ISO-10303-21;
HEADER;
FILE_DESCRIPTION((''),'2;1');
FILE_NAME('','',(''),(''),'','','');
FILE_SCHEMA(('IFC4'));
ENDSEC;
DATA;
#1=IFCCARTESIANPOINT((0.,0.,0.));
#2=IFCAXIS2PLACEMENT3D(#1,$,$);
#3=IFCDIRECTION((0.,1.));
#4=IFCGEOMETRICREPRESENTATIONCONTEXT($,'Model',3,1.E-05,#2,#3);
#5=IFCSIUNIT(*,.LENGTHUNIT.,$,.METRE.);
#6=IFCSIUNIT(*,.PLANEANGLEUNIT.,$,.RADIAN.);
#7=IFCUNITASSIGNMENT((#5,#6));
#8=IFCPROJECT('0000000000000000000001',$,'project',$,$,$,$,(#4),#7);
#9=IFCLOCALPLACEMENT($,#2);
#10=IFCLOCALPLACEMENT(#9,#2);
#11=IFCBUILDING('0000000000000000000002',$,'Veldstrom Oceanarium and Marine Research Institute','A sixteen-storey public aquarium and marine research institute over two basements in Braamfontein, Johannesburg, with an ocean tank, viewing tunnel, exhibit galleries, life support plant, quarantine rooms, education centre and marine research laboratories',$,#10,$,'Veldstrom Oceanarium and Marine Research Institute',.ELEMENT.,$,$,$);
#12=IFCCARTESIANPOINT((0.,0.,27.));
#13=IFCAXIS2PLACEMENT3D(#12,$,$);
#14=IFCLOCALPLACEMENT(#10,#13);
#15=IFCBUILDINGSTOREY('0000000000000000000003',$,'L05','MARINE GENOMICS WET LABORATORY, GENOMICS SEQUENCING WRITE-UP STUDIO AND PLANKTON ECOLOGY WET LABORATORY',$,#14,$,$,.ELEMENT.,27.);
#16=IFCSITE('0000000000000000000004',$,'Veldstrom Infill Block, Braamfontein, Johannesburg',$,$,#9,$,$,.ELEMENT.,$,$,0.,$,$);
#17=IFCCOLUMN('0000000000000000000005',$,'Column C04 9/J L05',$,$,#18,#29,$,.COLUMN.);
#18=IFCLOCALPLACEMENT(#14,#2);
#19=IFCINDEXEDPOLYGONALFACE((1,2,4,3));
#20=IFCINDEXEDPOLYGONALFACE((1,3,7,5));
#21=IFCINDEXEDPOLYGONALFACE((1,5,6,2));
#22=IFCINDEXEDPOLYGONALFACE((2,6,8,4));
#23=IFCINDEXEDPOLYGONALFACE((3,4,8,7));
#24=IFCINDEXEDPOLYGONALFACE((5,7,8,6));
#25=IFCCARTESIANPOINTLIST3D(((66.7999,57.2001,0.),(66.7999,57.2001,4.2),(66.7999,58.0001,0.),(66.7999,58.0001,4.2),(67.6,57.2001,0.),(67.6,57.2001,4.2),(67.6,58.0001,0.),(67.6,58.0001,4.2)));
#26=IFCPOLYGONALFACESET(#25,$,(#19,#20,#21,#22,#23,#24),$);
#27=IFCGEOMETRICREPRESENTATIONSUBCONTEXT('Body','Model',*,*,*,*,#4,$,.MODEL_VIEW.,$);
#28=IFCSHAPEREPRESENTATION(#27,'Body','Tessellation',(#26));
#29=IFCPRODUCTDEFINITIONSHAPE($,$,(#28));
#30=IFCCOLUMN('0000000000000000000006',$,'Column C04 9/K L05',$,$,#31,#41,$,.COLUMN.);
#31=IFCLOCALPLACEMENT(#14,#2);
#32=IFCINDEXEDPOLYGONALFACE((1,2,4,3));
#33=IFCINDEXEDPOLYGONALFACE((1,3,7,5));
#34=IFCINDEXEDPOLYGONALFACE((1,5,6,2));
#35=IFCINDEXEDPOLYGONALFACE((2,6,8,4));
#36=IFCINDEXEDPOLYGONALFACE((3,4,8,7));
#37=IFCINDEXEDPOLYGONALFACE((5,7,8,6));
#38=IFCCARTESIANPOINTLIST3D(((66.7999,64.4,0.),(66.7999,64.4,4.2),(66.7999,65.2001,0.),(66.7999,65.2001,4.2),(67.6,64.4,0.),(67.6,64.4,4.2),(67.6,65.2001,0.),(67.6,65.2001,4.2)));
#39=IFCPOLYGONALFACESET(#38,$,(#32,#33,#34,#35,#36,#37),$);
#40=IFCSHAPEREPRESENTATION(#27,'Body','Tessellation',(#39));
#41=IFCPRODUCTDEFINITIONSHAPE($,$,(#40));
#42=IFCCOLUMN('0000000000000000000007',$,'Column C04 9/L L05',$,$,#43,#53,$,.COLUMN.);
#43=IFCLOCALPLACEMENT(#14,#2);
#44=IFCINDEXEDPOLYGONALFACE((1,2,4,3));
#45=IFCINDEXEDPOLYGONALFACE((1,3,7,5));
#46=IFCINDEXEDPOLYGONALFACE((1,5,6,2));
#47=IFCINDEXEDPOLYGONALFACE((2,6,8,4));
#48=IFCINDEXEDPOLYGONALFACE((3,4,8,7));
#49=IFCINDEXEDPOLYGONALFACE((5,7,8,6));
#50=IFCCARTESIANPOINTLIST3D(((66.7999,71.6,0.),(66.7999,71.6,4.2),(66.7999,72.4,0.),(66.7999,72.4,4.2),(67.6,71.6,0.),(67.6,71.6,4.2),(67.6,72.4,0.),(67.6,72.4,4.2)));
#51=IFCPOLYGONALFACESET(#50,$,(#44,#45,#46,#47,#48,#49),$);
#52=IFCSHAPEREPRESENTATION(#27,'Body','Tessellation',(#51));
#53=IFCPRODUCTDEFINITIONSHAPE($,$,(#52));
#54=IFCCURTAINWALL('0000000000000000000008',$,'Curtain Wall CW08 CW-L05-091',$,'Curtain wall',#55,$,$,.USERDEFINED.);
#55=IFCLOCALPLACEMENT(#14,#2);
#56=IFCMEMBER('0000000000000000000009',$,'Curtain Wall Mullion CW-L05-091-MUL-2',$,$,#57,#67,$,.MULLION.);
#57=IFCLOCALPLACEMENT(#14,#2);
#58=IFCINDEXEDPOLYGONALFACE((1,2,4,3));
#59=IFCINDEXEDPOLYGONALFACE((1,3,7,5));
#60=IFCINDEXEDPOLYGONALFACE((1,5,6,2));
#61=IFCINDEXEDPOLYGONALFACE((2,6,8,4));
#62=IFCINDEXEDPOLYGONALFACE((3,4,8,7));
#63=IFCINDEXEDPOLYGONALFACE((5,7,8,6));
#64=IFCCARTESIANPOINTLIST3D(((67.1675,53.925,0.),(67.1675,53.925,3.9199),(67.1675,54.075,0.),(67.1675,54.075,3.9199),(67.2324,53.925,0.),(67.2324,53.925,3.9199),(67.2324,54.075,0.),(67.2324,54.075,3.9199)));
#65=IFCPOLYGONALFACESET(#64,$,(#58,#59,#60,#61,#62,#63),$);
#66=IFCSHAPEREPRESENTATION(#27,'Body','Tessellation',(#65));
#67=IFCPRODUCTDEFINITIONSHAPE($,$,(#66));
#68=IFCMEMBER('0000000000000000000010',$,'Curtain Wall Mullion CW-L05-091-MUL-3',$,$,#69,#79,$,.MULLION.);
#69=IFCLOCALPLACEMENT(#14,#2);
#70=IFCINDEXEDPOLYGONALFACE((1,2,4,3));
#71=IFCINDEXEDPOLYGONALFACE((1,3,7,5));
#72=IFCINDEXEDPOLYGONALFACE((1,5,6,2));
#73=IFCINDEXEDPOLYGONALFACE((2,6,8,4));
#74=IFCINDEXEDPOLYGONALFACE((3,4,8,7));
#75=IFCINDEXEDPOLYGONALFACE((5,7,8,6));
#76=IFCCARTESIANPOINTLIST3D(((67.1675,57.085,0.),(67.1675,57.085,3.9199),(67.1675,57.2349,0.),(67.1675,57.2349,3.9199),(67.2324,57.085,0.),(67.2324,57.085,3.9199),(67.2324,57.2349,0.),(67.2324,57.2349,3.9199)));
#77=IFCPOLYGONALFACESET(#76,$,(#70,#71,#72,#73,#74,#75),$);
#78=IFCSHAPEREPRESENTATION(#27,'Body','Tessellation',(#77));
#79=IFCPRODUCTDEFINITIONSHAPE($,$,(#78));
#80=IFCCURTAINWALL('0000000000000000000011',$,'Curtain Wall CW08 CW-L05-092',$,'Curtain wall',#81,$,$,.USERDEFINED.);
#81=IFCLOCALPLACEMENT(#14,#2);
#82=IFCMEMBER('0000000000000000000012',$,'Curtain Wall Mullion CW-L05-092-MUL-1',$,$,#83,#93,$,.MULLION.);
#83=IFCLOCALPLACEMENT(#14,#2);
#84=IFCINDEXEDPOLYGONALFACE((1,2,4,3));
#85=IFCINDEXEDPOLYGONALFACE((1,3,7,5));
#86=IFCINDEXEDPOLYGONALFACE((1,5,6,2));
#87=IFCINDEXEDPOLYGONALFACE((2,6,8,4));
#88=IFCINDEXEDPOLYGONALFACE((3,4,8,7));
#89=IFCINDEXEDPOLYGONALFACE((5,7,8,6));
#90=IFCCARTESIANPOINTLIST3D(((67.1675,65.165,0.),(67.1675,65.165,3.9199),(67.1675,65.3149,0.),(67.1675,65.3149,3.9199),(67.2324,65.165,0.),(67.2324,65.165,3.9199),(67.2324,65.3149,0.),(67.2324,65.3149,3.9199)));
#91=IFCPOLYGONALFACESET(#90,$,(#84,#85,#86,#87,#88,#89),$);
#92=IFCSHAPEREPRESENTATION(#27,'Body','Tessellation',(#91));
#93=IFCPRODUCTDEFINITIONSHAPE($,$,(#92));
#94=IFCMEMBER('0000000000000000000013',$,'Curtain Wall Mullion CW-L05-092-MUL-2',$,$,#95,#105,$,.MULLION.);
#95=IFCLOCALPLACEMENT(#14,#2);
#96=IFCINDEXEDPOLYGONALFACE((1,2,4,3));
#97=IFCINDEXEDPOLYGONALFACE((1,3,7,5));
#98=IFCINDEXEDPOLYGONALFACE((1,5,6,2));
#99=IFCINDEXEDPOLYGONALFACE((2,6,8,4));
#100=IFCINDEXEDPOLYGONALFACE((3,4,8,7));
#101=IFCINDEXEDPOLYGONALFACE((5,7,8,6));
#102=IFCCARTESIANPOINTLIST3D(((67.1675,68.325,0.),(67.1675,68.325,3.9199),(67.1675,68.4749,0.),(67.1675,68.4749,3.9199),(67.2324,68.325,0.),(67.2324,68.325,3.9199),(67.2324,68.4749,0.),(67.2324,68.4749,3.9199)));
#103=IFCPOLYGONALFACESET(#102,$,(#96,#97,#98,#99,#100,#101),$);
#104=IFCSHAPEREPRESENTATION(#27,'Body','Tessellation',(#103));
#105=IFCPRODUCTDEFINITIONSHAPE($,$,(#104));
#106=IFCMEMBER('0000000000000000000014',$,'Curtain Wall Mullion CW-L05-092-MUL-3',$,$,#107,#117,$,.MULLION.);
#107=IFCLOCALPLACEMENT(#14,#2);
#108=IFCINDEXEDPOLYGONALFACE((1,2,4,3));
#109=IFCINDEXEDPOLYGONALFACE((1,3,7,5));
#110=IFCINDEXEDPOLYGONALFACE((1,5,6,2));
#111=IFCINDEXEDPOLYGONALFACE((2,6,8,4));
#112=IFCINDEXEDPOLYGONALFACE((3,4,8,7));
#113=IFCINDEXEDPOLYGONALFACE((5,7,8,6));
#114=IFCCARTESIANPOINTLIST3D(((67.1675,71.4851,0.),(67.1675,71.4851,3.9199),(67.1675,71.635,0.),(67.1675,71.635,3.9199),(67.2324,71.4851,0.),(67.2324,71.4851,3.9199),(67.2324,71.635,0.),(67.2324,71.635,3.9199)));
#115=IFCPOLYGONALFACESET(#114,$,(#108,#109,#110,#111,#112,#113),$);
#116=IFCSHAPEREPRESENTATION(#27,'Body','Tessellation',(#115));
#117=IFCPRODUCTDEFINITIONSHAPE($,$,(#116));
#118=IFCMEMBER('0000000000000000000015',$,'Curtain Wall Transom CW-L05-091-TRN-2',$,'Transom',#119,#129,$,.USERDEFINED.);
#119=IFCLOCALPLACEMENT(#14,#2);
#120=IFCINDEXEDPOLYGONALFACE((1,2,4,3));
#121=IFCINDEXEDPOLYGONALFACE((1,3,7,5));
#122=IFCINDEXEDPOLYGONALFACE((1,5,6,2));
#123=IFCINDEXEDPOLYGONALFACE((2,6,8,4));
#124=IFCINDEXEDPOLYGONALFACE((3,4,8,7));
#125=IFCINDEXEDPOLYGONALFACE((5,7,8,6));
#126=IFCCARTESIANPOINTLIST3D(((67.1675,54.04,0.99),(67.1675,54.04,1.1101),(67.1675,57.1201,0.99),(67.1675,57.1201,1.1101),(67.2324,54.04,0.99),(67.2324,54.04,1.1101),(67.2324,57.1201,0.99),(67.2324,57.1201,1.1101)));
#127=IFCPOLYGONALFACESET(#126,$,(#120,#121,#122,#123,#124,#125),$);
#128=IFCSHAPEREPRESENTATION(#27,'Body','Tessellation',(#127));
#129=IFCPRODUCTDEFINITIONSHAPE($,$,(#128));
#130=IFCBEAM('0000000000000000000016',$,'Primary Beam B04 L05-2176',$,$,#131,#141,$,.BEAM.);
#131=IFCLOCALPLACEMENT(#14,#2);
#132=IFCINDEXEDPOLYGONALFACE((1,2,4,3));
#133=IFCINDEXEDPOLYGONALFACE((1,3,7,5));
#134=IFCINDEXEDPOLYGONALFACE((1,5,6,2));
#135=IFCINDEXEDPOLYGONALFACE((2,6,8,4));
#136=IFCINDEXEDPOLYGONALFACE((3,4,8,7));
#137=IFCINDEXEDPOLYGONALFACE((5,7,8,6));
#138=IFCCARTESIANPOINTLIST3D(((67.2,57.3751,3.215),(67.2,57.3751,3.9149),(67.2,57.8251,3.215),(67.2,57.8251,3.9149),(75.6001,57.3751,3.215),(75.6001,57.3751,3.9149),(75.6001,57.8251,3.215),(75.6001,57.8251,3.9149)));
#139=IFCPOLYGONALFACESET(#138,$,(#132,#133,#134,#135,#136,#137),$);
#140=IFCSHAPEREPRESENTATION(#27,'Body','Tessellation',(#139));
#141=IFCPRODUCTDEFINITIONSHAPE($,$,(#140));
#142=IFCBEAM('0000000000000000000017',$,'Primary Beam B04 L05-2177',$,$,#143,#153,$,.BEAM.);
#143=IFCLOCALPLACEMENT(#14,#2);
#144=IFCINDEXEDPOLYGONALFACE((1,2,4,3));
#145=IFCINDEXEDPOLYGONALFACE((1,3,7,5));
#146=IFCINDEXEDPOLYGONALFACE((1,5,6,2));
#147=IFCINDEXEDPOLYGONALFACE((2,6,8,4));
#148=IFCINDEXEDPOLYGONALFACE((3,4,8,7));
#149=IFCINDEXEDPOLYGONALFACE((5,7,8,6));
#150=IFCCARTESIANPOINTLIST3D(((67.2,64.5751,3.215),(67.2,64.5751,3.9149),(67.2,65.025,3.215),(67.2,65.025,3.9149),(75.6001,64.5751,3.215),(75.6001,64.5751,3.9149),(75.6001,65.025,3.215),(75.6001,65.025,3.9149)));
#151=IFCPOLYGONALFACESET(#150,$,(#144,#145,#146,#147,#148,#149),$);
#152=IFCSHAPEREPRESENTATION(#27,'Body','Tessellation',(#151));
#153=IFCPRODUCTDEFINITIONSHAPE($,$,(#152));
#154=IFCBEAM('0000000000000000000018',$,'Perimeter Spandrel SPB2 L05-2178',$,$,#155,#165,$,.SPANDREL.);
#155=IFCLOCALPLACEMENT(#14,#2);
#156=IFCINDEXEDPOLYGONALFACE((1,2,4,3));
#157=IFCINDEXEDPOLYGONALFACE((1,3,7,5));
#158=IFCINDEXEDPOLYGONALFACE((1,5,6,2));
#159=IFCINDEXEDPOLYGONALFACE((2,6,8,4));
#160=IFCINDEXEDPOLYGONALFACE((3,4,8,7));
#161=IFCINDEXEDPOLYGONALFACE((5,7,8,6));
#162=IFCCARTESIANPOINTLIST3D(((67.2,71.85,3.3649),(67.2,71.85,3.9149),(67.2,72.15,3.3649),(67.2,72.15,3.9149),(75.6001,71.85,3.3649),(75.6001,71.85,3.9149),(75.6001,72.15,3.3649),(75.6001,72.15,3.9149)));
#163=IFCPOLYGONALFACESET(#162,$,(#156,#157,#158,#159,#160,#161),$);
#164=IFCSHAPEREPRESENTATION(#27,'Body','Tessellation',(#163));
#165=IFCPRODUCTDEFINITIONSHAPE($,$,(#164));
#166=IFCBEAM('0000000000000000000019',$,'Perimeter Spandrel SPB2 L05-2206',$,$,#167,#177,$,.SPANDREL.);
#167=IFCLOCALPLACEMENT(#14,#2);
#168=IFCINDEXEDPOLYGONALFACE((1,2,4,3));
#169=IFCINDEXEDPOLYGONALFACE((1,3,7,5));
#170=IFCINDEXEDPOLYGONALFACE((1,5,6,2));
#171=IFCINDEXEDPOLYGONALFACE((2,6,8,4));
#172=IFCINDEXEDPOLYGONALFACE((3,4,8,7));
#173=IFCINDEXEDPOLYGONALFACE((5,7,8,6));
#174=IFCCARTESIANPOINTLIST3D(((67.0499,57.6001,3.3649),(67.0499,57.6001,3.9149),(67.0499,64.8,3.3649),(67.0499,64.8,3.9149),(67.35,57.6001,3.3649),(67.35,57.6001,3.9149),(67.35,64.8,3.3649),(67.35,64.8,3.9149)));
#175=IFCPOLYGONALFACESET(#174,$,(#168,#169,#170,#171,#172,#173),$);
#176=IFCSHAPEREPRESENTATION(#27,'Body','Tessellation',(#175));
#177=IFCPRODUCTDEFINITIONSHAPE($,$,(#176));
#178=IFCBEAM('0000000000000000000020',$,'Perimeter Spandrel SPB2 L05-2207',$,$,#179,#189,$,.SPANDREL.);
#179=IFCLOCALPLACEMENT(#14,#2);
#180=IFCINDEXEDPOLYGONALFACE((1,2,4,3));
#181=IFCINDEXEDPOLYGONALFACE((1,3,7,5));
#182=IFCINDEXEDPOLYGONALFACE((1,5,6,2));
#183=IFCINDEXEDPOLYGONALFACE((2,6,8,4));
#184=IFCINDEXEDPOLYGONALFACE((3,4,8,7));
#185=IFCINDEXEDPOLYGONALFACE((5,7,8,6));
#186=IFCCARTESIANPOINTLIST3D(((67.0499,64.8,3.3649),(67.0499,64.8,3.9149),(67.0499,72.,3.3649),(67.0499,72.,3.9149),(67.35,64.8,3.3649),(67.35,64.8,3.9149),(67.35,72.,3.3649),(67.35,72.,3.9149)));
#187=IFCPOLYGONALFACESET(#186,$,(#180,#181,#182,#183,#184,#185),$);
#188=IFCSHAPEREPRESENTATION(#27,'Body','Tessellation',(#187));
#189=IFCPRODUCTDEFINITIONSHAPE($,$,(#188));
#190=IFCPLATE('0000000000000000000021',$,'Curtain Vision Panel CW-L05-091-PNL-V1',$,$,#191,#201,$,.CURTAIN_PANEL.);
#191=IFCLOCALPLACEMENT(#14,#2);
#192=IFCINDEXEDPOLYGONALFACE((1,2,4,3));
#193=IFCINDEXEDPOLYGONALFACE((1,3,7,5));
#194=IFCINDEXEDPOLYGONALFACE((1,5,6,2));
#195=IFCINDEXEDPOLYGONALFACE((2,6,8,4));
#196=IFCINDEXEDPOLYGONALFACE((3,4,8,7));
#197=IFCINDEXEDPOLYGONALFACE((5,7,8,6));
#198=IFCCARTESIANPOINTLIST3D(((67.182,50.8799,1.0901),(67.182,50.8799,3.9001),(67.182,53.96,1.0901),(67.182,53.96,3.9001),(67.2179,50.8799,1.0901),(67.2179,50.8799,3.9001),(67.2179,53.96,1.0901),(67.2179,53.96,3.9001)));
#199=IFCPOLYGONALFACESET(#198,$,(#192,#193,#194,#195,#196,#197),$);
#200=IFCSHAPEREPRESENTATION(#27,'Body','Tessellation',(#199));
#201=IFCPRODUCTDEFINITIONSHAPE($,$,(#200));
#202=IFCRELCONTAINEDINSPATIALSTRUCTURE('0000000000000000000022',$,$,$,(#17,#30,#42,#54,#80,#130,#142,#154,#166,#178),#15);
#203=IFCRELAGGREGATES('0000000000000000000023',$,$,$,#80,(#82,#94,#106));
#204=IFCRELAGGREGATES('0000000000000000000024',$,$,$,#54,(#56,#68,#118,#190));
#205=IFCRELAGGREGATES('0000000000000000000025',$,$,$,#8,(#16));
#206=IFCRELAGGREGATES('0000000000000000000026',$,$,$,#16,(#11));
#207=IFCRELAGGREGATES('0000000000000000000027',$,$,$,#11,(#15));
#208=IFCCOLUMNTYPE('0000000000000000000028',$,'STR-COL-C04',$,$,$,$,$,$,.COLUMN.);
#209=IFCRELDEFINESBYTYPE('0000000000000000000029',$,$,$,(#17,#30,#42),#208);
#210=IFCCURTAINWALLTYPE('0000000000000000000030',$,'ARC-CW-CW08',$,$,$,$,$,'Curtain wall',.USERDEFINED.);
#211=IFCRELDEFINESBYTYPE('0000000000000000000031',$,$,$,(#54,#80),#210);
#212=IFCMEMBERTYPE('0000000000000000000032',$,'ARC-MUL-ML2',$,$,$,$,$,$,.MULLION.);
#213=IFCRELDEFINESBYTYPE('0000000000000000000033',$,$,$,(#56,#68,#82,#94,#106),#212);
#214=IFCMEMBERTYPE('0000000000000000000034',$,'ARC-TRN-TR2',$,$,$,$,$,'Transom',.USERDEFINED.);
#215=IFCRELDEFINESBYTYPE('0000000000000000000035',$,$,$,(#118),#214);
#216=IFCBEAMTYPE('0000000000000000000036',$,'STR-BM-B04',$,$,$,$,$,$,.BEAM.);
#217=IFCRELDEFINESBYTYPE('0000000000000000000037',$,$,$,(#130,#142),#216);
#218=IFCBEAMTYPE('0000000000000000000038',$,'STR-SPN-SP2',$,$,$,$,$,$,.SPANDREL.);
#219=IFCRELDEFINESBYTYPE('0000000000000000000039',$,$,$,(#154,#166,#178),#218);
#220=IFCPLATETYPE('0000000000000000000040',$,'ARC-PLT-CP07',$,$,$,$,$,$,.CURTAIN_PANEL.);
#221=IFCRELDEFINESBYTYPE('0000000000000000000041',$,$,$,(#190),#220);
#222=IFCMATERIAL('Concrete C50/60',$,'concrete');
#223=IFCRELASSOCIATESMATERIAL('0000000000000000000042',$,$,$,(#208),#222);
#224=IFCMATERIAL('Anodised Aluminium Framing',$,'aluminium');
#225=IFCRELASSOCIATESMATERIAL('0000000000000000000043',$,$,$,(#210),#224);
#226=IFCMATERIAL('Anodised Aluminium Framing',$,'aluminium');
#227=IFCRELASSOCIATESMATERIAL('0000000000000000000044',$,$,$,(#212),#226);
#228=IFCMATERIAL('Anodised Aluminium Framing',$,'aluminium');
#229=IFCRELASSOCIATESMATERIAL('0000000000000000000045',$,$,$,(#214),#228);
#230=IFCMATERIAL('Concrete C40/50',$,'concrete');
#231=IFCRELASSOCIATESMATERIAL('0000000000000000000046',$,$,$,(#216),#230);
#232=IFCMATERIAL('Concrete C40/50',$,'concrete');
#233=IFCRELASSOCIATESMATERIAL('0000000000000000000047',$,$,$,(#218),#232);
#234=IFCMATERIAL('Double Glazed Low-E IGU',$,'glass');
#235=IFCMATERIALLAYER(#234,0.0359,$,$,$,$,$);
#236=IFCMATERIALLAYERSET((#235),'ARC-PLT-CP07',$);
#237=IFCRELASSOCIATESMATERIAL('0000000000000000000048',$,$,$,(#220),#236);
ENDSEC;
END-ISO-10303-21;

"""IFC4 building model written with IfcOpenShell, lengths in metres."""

from ifc_helpers import new_model, si_unit, direction, frame, origin, origin_2d, place, context, subcontext, project, spatial, rectangle, extrude, material, layer, layer_set, material_profile, profile_set, type_object, element, aggregate, save


model = new_model("IFC4")

# Units and contexts
model_context = context("Model", 3, precision=1e-05, world=origin(), true_north=direction((0.0, 1.0)))
body_context = subcontext(model_context, "Body", "Model", "MODEL_VIEW")
ifc_project = project(units=[si_unit("LENGTHUNIT", "METRE"), si_unit("PLANEANGLEUNIT", "RADIAN")], contexts=[model_context])

# Site, building, storey
site_placement = place(None, origin())
site = spatial("IfcSite", under=ifc_project, at=site_placement, Name="Veldstrom Infill Block, Braamfontein, Johannesburg", CompositionType="ELEMENT", RefElevation=0.0)
building_placement = place(site_placement, origin())
building = spatial("IfcBuilding", under=site, at=building_placement, Name="Veldstrom Oceanarium and Marine Research Institute", Description="A sixteen-storey public aquarium and marine research institute over two basements in Braamfontein, Johannesburg, with an ocean tank, viewing tunnel, exhibit galleries, life support plant, quarantine rooms, education centre and marine research laboratories", LongName="Veldstrom Oceanarium and Marine Research Institute", CompositionType="ELEMENT")
storey_placement = place(building_placement, frame((0.0, 0.0, 27.0)))
storey = spatial("IfcBuildingStorey", under=building, at=storey_placement, Name="L05", Description="MARINE GENOMICS WET LABORATORY, GENOMICS SEQUENCING WRITE-UP STUDIO AND PLANKTON ECOLOGY WET LABORATORY", CompositionType="ELEMENT", Elevation=27.0)

# Columns
ifc_material_1 = material(Name="Concrete C50/60", Category="concrete")
ifc_material_profile_1 = material_profile(ifc_material_1, rectangle(XDim=0.8, YDim=0.8, at=origin_2d()), Name="RC-COL-800x800")
ifc_profile_set_1 = profile_set([ifc_material_profile_1], Name="Concrete C50/60")
column_type = type_object("IfcColumnType", Name="STR-COL-C04", PredefinedType="COLUMN", material=ifc_profile_set_1)
for number, where, z_axis, x_axis, name in (
    (1, (67.2, 57.6001, 0.0), (0.0, 0.0, 1.0), (1.0, 0.0, 0.0), "Column C04 9/J L05"),
    (2, (67.2, 64.8, 0.0), (0.0, 0.0, 1.0), (1.0, 0.0, 0.0), "Column C04 9/K L05"),
    (3, (67.2, 72.0, 0.0), (0.0, 0.0, 1.0), (1.0, 0.0, 0.0), "Column C04 9/L L05"),
):
    element("IfcColumn", number, at=place(storey_placement, frame(where, z_axis=z_axis, x_axis=x_axis)), inside=storey, type_object=column_type, Name=name, PredefinedType="COLUMN", context=body_context, shape_type="SweptSolid", body=[
        extrude(rectangle(XDim=0.8, YDim=0.8, at=origin_2d()), origin(), (0.0, 0.0, 1.0), 4.2),
    ])

# Curtain walls, members
ifc_material_2 = material(Name="Anodised Aluminium Framing", Category="aluminium")
curtain_wall_type = type_object("IfcCurtainWallType", Name="ARC-CW-CW08", ElementType="Curtain wall", PredefinedType="USERDEFINED", material=ifc_material_2)
curtain_wall_1_placement = place(storey_placement, origin())
curtain_wall_1 = element("IfcCurtainWall", 4, at=curtain_wall_1_placement, inside=storey, type_object=curtain_wall_type, Name="Curtain Wall CW08 CW-L05-091", ObjectType="Curtain wall", PredefinedType="USERDEFINED")
ifc_material_3 = material(Name="Anodised Aluminium Framing", Category="aluminium")
ifc_material_profile_2 = material_profile(ifc_material_3, rectangle(XDim=0.0649, YDim=0.1499, at=origin_2d()), Name="ALU-MUL-65x150")
ifc_profile_set_2 = profile_set([ifc_material_profile_2], Name="Anodised Aluminium Framing")
member_type_1 = type_object("IfcMemberType", Name="ARC-MUL-ML2", PredefinedType="MULLION", material=ifc_profile_set_2)
member_1_placement = place(storey_placement, frame((67.2, 54.0, 0.0), z_axis=(0.0, 0.0, 1.0), x_axis=(1.0, 0.0, 0.0)))
member_1 = element("IfcMember", 5, at=member_1_placement, type_object=member_type_1, Name="Curtain Wall Mullion CW-L05-091-MUL-2", PredefinedType="MULLION", context=body_context, shape_type="SweptSolid", body=[
    extrude(rectangle(XDim=0.0649, YDim=0.1499, at=origin_2d()), origin(), (0.0, 0.0, 1.0), 3.9199),
])
member_2_placement = place(storey_placement, frame((67.2, 57.1599, 0.0), z_axis=(0.0, 0.0, 1.0), x_axis=(1.0, 0.0, 0.0)))
member_2 = element("IfcMember", 6, at=member_2_placement, type_object=member_type_1, Name="Curtain Wall Mullion CW-L05-091-MUL-3", PredefinedType="MULLION", context=body_context, shape_type="SweptSolid", body=[
    extrude(rectangle(XDim=0.0649, YDim=0.1499, at=origin_2d()), origin(), (0.0, 0.0, 1.0), 3.9199),
])
curtain_wall_2_placement = place(storey_placement, origin())
curtain_wall_2 = element("IfcCurtainWall", 7, at=curtain_wall_2_placement, inside=storey, type_object=curtain_wall_type, Name="Curtain Wall CW08 CW-L05-092", ObjectType="Curtain wall", PredefinedType="USERDEFINED")
member_3_placement = place(storey_placement, frame((67.2, 65.24, 0.0), z_axis=(0.0, 0.0, 1.0), x_axis=(1.0, 0.0, 0.0)))
member_3 = element("IfcMember", 8, at=member_3_placement, type_object=member_type_1, Name="Curtain Wall Mullion CW-L05-092-MUL-1", PredefinedType="MULLION", context=body_context, shape_type="SweptSolid", body=[
    extrude(rectangle(XDim=0.0649, YDim=0.1499, at=origin_2d()), origin(), (0.0, 0.0, 1.0), 3.9199),
])
member_4_placement = place(storey_placement, frame((67.2, 68.3999, 0.0), z_axis=(0.0, 0.0, 1.0), x_axis=(1.0, 0.0, 0.0)))
member_4 = element("IfcMember", 9, at=member_4_placement, type_object=member_type_1, Name="Curtain Wall Mullion CW-L05-092-MUL-2", PredefinedType="MULLION", context=body_context, shape_type="SweptSolid", body=[
    extrude(rectangle(XDim=0.0649, YDim=0.1499, at=origin_2d()), origin(), (0.0, 0.0, 1.0), 3.9199),
])
member_5_placement = place(storey_placement, frame((67.2, 71.5601, 0.0), z_axis=(0.0, 0.0, 1.0), x_axis=(1.0, 0.0, 0.0)))
member_5 = element("IfcMember", 10, at=member_5_placement, type_object=member_type_1, Name="Curtain Wall Mullion CW-L05-092-MUL-3", PredefinedType="MULLION", context=body_context, shape_type="SweptSolid", body=[
    extrude(rectangle(XDim=0.0649, YDim=0.1499, at=origin_2d()), origin(), (0.0, 0.0, 1.0), 3.9199),
])
aggregate(curtain_wall_2, [member_3, member_4, member_5])

# Member
ifc_material_4 = material(Name="Anodised Aluminium Framing", Category="aluminium")
ifc_material_profile_3 = material_profile(ifc_material_4, rectangle(XDim=0.0649, YDim=0.1201, at=origin_2d()), Name="ALU-TRN-65x120")
ifc_profile_set_3 = profile_set([ifc_material_profile_3], Name="Anodised Aluminium Framing")
member_type_2 = type_object("IfcMemberType", Name="ARC-TRN-TR2", ElementType="Transom", PredefinedType="USERDEFINED", material=ifc_profile_set_3)
member_6_placement = place(storey_placement, frame((67.2, 54.04, 1.05), z_axis=(0.0, 1.0, 0.0), x_axis=(-1.0, 0.0, 0.0)))
member_6 = element("IfcMember", 11, at=member_6_placement, type_object=member_type_2, Name="Curtain Wall Transom CW-L05-091-TRN-2", ObjectType="Transom", PredefinedType="USERDEFINED", context=body_context, shape_type="SweptSolid", body=[
    extrude(rectangle(XDim=0.0649, YDim=0.1201, at=origin_2d()), origin(), (0.0, 0.0, 1.0), 3.0801),
])

# Beams
ifc_material_5 = material(Name="Concrete C40/50", Category="concrete")
ifc_material_profile_4 = material_profile(ifc_material_5, rectangle(XDim=0.45, YDim=0.7, at=origin_2d()), Name="RC-BM-450x700")
ifc_profile_set_4 = profile_set([ifc_material_profile_4], Name="Concrete C40/50")
beam_type_1 = type_object("IfcBeamType", Name="STR-BM-B04", PredefinedType="BEAM", material=ifc_profile_set_4)
for number, where, z_axis, x_axis, name in (
    (12, (67.2, 57.6001, 3.5649), (1.0, 0.0, 0.0), (0.0, 1.0, 0.0), "Primary Beam B04 L05-2176"),
    (13, (67.2, 64.8, 3.5649), (1.0, 0.0, 0.0), (0.0, 1.0, 0.0), "Primary Beam B04 L05-2177"),
):
    element("IfcBeam", number, at=place(storey_placement, frame(where, z_axis=z_axis, x_axis=x_axis)), inside=storey, type_object=beam_type_1, Name=name, PredefinedType="BEAM", context=body_context, shape_type="SweptSolid", body=[
        extrude(rectangle(XDim=0.45, YDim=0.7, at=origin_2d()), origin(), (0.0, 0.0, 1.0), 8.4001),
    ])
ifc_material_6 = material(Name="Concrete C40/50", Category="concrete")
ifc_material_profile_5 = material_profile(ifc_material_6, rectangle(XDim=0.3, YDim=0.55, at=origin_2d()), Name="RC-SPN-300x550")
ifc_profile_set_5 = profile_set([ifc_material_profile_5], Name="Concrete C40/50")
beam_type_2 = type_object("IfcBeamType", Name="STR-SPN-SP2", PredefinedType="SPANDREL", material=ifc_profile_set_5)
beam_placement = place(storey_placement, frame((67.2, 72.0, 3.6399), z_axis=(1.0, 0.0, 0.0), x_axis=(0.0, 1.0, 0.0)))
element("IfcBeam", 14, at=beam_placement, inside=storey, type_object=beam_type_2, Name="Perimeter Spandrel SPB2 L05-2178", PredefinedType="SPANDREL", context=body_context, shape_type="SweptSolid", body=[
    extrude(rectangle(XDim=0.3, YDim=0.55, at=origin_2d()), origin(), (0.0, 0.0, 1.0), 8.4001),
])
for number, where, z_axis, x_axis, name in (
    (15, (67.2, 57.6001, 3.6399), (0.0, 1.0, 0.0), (-1.0, 0.0, 0.0), "Perimeter Spandrel SPB2 L05-2206"),
    (16, (67.2, 64.8, 3.6399), (0.0, 1.0, 0.0), (-1.0, 0.0, 0.0), "Perimeter Spandrel SPB2 L05-2207"),
):
    element("IfcBeam", number, at=place(storey_placement, frame(where, z_axis=z_axis, x_axis=x_axis)), inside=storey, type_object=beam_type_2, Name=name, PredefinedType="SPANDREL", context=body_context, shape_type="SweptSolid", body=[
        extrude(rectangle(XDim=0.3, YDim=0.55, at=origin_2d()), origin(), (0.0, 0.0, 1.0), 7.2),
    ])

# Plate
ifc_material_7 = material(Name="Double Glazed Low-E IGU", Category="glass")
ifc_layer_1 = layer(ifc_material_7, 0.0359)
ifc_layer_set_1 = layer_set([ifc_layer_1], Name="ARC-PLT-CP07")
plate_type_1 = type_object("IfcPlateType", Name="ARC-PLT-CP07", PredefinedType="CURTAIN_PANEL", material=ifc_layer_set_1)
plate_1_placement = place(storey_placement, frame((67.2, 52.4199, 1.0901), z_axis=(0.0, 0.0, 1.0), x_axis=(0.0, 1.0, 0.0)))
plate_1 = element("IfcPlate", 17, at=plate_1_placement, type_object=plate_type_1, Name="Curtain Vision Panel CW-L05-091-PNL-V1", PredefinedType="CURTAIN_PANEL", context=body_context, shape_type="SweptSolid", body=[
    extrude(rectangle(XDim=3.0801, YDim=0.0359, at=origin_2d()), origin(), (0.0, 0.0, 1.0), 2.8101),
])
aggregate(curtain_wall_1, [member_1, member_2, member_6, plate_1])

save(model, "model.ifc")
